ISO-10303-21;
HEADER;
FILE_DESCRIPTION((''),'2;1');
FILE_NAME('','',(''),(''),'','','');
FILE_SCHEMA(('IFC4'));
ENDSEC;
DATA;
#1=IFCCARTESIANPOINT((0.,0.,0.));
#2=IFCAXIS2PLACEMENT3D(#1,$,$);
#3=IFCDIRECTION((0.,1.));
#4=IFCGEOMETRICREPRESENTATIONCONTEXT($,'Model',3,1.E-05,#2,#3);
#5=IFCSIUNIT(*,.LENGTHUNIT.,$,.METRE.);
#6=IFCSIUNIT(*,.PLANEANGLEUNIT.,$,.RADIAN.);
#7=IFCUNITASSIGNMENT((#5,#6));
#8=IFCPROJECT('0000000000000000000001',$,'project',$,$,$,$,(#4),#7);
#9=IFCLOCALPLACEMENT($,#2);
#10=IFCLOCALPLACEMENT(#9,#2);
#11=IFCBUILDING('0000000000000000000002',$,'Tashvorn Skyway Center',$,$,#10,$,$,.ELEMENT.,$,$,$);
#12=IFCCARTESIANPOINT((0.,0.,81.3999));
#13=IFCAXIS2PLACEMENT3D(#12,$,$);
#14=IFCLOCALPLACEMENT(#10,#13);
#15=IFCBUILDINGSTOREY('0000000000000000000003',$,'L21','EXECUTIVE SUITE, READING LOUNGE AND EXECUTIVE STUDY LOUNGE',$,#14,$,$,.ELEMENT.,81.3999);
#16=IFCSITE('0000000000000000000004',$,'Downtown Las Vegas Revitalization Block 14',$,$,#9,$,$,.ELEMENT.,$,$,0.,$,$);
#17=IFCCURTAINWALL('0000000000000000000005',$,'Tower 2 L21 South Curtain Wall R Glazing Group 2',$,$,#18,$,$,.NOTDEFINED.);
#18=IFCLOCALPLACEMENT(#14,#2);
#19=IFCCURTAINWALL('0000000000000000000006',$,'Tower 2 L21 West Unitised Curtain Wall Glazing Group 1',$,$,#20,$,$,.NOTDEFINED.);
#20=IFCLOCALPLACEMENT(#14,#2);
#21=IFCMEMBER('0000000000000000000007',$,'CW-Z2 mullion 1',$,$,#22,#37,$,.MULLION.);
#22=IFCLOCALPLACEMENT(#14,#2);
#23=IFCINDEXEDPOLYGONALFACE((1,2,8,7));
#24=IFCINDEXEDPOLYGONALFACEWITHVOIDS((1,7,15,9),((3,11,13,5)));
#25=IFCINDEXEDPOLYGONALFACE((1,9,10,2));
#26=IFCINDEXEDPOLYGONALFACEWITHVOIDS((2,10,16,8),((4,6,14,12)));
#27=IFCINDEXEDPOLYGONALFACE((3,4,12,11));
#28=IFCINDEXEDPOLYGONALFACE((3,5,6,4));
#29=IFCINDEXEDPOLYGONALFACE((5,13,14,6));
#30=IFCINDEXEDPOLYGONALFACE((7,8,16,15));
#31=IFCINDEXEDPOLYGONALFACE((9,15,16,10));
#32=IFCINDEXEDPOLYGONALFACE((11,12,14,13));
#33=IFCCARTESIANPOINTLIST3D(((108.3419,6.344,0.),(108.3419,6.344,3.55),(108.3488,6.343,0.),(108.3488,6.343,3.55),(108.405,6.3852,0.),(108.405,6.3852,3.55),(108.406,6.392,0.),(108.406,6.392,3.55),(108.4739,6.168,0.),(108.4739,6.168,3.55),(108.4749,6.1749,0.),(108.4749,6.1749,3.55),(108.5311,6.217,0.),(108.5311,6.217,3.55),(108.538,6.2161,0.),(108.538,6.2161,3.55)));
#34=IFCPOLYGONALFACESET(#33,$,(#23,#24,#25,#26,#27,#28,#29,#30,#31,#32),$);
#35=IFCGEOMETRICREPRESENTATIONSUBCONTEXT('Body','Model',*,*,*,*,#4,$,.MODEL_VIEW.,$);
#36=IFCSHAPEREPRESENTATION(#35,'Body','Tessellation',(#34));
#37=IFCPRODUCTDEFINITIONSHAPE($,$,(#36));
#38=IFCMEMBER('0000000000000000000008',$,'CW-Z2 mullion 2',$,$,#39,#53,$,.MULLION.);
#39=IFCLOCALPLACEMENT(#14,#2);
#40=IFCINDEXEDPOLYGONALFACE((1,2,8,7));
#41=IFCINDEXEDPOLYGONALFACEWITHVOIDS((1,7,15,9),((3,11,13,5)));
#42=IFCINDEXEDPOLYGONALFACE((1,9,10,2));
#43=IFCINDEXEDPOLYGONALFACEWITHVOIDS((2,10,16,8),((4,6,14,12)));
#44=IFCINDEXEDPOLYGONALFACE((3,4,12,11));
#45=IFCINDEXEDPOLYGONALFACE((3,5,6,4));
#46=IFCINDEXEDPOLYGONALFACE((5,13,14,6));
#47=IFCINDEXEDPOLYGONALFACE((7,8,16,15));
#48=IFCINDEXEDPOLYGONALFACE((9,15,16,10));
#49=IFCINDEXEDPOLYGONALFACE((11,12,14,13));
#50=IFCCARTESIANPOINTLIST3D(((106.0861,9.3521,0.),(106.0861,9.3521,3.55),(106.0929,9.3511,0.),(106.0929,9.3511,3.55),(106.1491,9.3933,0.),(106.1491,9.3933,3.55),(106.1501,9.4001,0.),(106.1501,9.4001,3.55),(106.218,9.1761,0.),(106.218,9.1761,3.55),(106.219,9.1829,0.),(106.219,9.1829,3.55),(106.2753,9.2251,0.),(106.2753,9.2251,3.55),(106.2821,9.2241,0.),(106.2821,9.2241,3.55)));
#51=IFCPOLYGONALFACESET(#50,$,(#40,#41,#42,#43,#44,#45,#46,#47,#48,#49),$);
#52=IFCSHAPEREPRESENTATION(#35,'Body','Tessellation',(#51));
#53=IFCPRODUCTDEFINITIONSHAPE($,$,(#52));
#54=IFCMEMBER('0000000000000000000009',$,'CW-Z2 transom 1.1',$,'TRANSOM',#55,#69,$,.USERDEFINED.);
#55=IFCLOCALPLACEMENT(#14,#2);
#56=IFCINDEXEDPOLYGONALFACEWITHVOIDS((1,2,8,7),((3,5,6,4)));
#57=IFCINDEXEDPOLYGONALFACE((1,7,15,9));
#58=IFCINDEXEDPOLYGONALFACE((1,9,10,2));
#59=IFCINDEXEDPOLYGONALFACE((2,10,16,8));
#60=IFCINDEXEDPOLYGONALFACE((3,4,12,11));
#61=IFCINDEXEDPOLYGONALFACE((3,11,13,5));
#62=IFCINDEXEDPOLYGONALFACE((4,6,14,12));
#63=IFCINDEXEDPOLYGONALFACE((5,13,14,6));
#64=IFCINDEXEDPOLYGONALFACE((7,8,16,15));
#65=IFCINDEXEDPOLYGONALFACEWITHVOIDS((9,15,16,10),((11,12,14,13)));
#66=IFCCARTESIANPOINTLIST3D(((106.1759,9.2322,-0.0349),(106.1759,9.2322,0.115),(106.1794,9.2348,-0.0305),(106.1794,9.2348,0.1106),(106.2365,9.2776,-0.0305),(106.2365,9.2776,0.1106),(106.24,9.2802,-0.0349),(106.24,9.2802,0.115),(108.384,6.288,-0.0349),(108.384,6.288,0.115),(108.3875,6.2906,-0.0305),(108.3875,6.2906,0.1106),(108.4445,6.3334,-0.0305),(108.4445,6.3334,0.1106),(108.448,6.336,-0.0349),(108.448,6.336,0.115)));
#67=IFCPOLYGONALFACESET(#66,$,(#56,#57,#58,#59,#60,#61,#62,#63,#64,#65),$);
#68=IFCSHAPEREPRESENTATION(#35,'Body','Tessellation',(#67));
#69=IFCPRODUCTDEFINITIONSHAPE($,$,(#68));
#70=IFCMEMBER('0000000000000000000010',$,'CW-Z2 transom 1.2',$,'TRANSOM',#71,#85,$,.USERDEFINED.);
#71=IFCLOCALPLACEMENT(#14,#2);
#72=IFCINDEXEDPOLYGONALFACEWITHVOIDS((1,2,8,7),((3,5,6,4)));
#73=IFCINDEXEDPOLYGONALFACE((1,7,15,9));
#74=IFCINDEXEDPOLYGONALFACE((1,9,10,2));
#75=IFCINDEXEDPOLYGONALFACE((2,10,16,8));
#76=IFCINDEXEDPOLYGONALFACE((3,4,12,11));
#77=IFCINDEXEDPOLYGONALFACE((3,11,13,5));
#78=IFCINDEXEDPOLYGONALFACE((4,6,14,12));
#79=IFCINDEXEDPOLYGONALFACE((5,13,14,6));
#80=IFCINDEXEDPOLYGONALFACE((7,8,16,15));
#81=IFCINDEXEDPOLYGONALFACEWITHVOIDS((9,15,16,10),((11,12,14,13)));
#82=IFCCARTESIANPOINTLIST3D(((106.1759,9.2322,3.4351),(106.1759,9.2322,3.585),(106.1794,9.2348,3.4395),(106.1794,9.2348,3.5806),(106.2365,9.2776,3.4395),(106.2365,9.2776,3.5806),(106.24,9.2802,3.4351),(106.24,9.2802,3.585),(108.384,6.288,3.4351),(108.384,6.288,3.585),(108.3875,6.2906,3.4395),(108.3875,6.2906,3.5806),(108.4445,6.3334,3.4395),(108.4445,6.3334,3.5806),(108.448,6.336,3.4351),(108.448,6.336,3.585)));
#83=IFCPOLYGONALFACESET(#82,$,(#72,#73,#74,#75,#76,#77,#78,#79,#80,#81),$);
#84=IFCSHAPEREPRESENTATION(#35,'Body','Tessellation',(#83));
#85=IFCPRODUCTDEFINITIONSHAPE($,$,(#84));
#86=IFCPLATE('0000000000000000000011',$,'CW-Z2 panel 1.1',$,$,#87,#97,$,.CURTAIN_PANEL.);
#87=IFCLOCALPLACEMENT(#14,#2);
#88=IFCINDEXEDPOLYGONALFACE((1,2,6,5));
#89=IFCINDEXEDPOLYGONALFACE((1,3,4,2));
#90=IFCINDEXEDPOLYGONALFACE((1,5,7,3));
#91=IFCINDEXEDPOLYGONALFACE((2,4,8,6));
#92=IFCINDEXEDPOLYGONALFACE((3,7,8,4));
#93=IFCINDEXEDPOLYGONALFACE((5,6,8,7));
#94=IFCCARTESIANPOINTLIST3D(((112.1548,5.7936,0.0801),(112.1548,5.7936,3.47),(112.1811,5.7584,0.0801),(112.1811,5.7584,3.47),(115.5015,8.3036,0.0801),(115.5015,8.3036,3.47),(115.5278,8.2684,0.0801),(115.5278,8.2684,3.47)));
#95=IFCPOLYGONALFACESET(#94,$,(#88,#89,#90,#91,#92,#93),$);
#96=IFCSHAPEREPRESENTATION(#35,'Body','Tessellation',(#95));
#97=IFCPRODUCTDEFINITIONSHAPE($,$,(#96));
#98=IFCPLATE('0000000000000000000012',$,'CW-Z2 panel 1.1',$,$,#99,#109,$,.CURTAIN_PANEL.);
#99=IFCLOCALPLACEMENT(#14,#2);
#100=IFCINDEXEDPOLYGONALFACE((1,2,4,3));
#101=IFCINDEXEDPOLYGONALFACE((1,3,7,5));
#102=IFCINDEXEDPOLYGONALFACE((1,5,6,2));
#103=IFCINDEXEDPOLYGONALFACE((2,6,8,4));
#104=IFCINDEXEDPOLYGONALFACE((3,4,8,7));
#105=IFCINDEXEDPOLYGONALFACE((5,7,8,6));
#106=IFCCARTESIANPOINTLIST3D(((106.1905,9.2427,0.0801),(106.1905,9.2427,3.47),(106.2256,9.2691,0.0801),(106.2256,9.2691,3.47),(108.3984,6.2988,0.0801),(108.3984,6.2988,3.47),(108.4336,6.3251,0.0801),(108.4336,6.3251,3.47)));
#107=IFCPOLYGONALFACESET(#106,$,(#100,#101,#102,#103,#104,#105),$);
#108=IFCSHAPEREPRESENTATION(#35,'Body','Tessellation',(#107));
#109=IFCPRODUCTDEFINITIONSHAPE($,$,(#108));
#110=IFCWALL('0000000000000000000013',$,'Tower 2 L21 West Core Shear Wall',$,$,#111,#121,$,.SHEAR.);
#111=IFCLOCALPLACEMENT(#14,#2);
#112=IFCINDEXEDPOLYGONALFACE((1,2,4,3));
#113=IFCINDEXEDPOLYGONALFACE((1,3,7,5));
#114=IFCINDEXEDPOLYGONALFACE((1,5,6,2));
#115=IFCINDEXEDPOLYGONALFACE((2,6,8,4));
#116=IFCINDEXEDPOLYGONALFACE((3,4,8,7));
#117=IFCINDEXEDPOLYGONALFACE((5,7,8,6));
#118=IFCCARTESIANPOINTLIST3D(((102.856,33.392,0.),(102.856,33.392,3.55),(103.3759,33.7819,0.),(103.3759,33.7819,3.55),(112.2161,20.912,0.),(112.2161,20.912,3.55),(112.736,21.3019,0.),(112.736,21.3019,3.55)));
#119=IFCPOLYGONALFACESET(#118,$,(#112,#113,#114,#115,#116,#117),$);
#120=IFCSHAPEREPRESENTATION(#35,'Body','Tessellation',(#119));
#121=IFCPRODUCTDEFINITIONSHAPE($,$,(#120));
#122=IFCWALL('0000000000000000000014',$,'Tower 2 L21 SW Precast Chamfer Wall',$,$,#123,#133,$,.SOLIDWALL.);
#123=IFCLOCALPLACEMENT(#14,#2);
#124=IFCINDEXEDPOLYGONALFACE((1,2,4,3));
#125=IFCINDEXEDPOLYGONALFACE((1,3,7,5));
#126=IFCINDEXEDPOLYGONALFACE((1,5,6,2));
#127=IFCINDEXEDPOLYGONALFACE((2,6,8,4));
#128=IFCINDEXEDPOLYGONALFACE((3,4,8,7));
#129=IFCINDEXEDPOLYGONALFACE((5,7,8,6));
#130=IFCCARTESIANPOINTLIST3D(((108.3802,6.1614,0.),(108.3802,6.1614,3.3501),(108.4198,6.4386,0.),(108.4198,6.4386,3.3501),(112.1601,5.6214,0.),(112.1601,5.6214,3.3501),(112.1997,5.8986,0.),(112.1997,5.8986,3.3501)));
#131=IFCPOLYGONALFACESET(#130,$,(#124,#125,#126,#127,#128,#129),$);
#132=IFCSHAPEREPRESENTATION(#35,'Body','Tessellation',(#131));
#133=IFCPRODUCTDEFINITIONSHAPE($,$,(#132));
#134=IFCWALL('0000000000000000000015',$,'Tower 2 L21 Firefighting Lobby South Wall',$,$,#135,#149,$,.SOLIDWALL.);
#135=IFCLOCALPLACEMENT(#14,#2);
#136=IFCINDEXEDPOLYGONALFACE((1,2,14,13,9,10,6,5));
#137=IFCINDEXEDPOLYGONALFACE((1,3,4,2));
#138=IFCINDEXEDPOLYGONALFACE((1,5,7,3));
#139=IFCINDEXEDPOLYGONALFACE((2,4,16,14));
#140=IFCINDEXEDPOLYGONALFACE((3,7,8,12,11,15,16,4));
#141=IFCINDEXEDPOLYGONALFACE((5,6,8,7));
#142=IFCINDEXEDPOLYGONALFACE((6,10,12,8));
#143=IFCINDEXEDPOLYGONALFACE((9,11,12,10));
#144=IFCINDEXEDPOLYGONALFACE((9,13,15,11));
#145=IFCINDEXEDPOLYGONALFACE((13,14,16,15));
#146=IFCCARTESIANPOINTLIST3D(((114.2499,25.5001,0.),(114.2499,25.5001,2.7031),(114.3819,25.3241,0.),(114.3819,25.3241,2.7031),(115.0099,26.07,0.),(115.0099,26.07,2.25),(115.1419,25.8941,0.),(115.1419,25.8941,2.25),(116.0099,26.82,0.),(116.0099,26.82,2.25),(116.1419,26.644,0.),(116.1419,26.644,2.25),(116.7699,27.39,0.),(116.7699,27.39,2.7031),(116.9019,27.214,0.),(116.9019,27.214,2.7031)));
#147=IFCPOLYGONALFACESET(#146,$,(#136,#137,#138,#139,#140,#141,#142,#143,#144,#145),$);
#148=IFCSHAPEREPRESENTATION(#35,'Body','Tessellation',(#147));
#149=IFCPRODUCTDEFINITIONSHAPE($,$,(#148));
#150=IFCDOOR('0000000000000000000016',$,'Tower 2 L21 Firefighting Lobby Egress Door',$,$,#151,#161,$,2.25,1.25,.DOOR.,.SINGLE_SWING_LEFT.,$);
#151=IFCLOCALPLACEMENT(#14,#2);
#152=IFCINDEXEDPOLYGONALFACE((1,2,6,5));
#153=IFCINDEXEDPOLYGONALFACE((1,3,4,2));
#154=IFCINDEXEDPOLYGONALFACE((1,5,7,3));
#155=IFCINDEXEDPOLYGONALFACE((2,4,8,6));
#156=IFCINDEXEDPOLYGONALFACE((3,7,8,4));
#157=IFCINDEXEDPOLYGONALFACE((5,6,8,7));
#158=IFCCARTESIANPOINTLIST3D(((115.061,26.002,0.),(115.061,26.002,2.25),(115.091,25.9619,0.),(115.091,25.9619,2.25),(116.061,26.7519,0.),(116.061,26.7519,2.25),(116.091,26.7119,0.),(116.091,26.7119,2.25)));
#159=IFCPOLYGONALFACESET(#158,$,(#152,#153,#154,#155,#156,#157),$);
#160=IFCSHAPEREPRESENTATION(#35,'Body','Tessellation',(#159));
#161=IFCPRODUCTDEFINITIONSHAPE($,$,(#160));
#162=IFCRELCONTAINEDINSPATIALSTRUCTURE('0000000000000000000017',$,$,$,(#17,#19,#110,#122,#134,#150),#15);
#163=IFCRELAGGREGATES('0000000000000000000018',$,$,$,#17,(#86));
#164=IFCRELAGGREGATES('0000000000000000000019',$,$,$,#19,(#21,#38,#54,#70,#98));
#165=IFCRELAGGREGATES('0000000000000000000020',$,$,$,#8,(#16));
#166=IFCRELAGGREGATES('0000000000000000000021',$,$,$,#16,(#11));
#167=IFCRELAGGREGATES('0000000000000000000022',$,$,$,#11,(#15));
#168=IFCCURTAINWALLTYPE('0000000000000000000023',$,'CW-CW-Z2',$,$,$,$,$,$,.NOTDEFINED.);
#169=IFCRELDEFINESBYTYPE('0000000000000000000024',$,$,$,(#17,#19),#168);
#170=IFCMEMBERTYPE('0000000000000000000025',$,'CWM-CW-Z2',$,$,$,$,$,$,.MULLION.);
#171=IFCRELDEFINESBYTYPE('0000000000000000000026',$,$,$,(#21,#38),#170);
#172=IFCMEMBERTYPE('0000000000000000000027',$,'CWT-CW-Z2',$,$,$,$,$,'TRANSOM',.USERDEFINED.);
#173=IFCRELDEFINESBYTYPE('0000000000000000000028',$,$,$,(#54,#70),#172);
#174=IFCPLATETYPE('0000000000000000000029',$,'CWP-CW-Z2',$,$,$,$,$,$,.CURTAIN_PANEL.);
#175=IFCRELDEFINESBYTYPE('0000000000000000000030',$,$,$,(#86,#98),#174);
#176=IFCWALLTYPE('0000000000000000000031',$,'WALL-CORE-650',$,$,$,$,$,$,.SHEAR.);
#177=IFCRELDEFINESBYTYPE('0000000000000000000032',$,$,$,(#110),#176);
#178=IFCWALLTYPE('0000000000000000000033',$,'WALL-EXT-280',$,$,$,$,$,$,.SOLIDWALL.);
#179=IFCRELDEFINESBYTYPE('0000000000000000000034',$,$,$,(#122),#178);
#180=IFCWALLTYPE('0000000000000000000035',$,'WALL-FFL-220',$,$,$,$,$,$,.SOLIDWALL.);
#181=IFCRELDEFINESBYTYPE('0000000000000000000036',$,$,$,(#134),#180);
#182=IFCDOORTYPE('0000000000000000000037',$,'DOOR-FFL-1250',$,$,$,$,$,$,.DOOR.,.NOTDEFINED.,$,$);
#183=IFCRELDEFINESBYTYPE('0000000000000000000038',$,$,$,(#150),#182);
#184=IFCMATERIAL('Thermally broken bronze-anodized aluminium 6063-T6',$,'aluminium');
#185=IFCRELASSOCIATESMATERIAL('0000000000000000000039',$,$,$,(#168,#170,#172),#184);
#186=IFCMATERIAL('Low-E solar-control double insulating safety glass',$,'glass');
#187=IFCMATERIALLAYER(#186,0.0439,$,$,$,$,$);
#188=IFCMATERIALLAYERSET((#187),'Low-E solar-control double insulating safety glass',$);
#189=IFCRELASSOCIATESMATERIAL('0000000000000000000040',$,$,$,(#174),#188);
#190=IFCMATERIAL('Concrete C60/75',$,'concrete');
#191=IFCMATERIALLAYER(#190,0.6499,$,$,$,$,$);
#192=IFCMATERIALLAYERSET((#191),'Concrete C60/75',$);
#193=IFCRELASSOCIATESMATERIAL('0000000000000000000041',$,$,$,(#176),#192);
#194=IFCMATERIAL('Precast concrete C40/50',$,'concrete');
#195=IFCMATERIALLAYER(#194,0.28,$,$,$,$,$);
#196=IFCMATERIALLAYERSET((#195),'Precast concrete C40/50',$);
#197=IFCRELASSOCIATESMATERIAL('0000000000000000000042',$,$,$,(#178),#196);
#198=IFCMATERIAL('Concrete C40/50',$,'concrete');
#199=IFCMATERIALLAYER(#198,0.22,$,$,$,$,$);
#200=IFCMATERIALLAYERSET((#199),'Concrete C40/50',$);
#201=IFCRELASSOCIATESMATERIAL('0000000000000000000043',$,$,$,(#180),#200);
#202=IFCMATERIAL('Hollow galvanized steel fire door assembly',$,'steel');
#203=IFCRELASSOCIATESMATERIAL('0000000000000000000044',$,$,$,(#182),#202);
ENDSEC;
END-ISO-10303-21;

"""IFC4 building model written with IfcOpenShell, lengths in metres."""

from ifc_helpers import new_model, si_unit, direction, frame, frame_2d, origin, origin_2d, place, context, subcontext, project, spatial, rectangle, hollow_rectangle, extrude, material, layer, layer_set, material_profile, profile_set, type_object, element, fill, aggregate, save


model = new_model("IFC4")

# Units and contexts
model_context = context("Model", 3, precision=1e-05, world=origin(), true_north=direction((0.0, 1.0)))
body_context = subcontext(model_context, "Body", "Model", "MODEL_VIEW")
ifc_project = project(units=[si_unit("LENGTHUNIT", "METRE"), si_unit("PLANEANGLEUNIT", "RADIAN")], contexts=[model_context])

# Site, building, storey
site_placement = place(None, origin())
site = spatial("IfcSite", under=ifc_project, at=site_placement, Name="Downtown Las Vegas Revitalization Block 14", CompositionType="ELEMENT", RefElevation=0.0)
building_placement = place(site_placement, origin())
building = spatial("IfcBuilding", under=site, at=building_placement, Name="Tashvorn Skyway Center", CompositionType="ELEMENT")
storey_placement = place(building_placement, frame((0.0, 0.0, 81.3999)))
storey = spatial("IfcBuildingStorey", under=building, at=storey_placement, Name="L21", Description="EXECUTIVE SUITE, READING LOUNGE AND EXECUTIVE STUDY LOUNGE", CompositionType="ELEMENT", Elevation=81.3999)

# Shared definitions
ifc_material_1 = material(Name="Concrete C60/75", Category="concrete")

# Curtain wall
ifc_material_2 = material(Name="Thermally broken bronze-anodized aluminium 6063-T6", Category="aluminium")
curtain_wall_type = type_object("IfcCurtainWallType", Name="CW-CW-Z2", PredefinedType="NOTDEFINED", material=ifc_material_2)
curtain_wall_1_placement = place(storey_placement, origin())
curtain_wall_1 = element("IfcCurtainWall", 1, at=curtain_wall_1_placement, inside=storey, type_object=curtain_wall_type, Name="Tower 2 L21 South Curtain Wall R Glazing Group 2", PredefinedType="NOTDEFINED")
ifc_material_profile_1 = material_profile(ifc_material_2, hollow_rectangle(XDim=0.0801, YDim=0.22, WallThickness=0.0049, at=origin_2d()), Name="ALU-MULL-80x220")
ifc_profile_set_1 = profile_set([ifc_material_profile_1], Name="Thermally broken bronze-anodized aluminium 6063-T6")
member_type_1 = type_object("IfcMemberType", Name="CWM-CW-Z2", PredefinedType="MULLION", material=ifc_profile_set_1)

# Curtain wall, members
curtain_wall_2_placement = place(storey_placement, origin())
curtain_wall_2 = element("IfcCurtainWall", 2, at=curtain_wall_2_placement, inside=storey, type_object=curtain_wall_type, Name="Tower 2 L21 West Unitised Curtain Wall Glazing Group 1", PredefinedType="NOTDEFINED")
member_1_placement = place(storey_placement, frame((108.4399, 6.28, 0.0), z_axis=(0.0, 0.0, 1.0), x_axis=(-0.8, -0.6, 0.0)))
member_1 = element("IfcMember", 3, at=member_1_placement, type_object=member_type_1, Name="CW-Z2 mullion 1", PredefinedType="MULLION", context=body_context, shape_type="SweptSolid", body=[
    extrude(hollow_rectangle(XDim=0.0801, YDim=0.22, WallThickness=0.0049, at=origin_2d()), origin(), (0.0, 0.0, 1.0), 3.55),
])
member_2_placement = place(storey_placement, frame((106.1841, 9.2881, 0.0), z_axis=(0.0, 0.0, 1.0), x_axis=(-0.8, -0.6, 0.0)))
member_2 = element("IfcMember", 4, at=member_2_placement, type_object=member_type_1, Name="CW-Z2 mullion 2", PredefinedType="MULLION", context=body_context, shape_type="SweptSolid", body=[
    extrude(hollow_rectangle(XDim=0.0801, YDim=0.22, WallThickness=0.0049, at=origin_2d()), origin(), (0.0, 0.0, 1.0), 3.55),
])
ifc_material_profile_2 = material_profile(ifc_material_2, hollow_rectangle(XDim=0.0801, YDim=0.1499, WallThickness=0.0044, at=origin_2d()), Name="ALU-TRAN-80x150")
ifc_profile_set_2 = profile_set([ifc_material_profile_2], Name="Thermally broken bronze-anodized aluminium 6063-T6")
member_type_2 = type_object("IfcMemberType", Name="CWT-CW-Z2", ElementType="TRANSOM", PredefinedType="USERDEFINED", material=ifc_profile_set_2)
member_3_placement = place(storey_placement, frame((108.416, 6.312, 0.04), z_axis=(-0.599989, 0.800008, 0.0), x_axis=(-0.800008, -0.599989, 0.0)))
member_3 = element("IfcMember", 5, at=member_3_placement, type_object=member_type_2, Name="CW-Z2 transom 1.1", ObjectType="TRANSOM", PredefinedType="USERDEFINED", context=body_context, shape_type="SweptSolid", body=[
    extrude(hollow_rectangle(XDim=0.0801, YDim=0.1499, WallThickness=0.0044, at=origin_2d()), origin(), (0.0, 0.0, 1.0), 3.6802),
])
member_4_placement = place(storey_placement, frame((108.416, 6.312, 3.51), z_axis=(-0.599989, 0.800008, 0.0), x_axis=(-0.800008, -0.599989, 0.0)))
member_4 = element("IfcMember", 6, at=member_4_placement, type_object=member_type_2, Name="CW-Z2 transom 1.2", ObjectType="TRANSOM", PredefinedType="USERDEFINED", context=body_context, shape_type="SweptSolid", body=[
    extrude(hollow_rectangle(XDim=0.0801, YDim=0.1499, WallThickness=0.0044, at=origin_2d()), origin(), (0.0, 0.0, 1.0), 3.6802),
])

# Plates
ifc_material_3 = material(Name="Low-E solar-control double insulating safety glass", Category="glass")
ifc_layer_1 = layer(ifc_material_3, 0.0439)
ifc_layer_set_1 = layer_set([ifc_layer_1], Name="Low-E solar-control double insulating safety glass")
plate_type = type_object("IfcPlateType", Name="CWP-CW-Z2", PredefinedType="CURTAIN_PANEL", material=ifc_layer_set_1)
plate_1_placement = place(storey_placement, frame((113.8413, 7.031, 0.0801), z_axis=(0.0, 0.0, 1.0), x_axis=(-0.800003, -0.599996, 0.0)))
plate_1 = element("IfcPlate", 7, at=plate_1_placement, type_object=plate_type, Name="CW-Z2 panel 1.1", PredefinedType="CURTAIN_PANEL", context=body_context, shape_type="SweptSolid", body=[
    extrude(rectangle(XDim=4.1833, YDim=0.0439, at=origin_2d()), origin(), (0.0, 0.0, 1.0), 3.3899),
])
aggregate(curtain_wall_1, [plate_1])
plate_2_placement = place(storey_placement, frame((107.312, 7.7839, 0.0801), z_axis=(0.0, 0.0, 1.0), x_axis=(-0.6, 0.8, 0.0)))
plate_2 = element("IfcPlate", 8, at=plate_2_placement, type_object=plate_type, Name="CW-Z2 panel 1.1", PredefinedType="CURTAIN_PANEL", context=body_context, shape_type="SweptSolid", body=[
    extrude(rectangle(XDim=3.6799, YDim=0.0439, at=origin_2d()), origin(), (0.0, 0.0, 1.0), 3.3899),
])
aggregate(curtain_wall_2, [member_1, member_2, member_3, member_4, plate_2])

# Walls
ifc_layer_2 = layer(ifc_material_1, 0.6499)
ifc_layer_set_2 = layer_set([ifc_layer_2], Name="Concrete C60/75")
wall_type_1 = type_object("IfcWallType", Name="WALL-CORE-650", PredefinedType="SHEAR", material=ifc_layer_set_2)
wall_1_placement = place(storey_placement, frame((112.4761, 21.1069, 0.0), z_axis=(0.0, 0.0, 1.0), x_axis=(-0.600005, 0.799996, 0.0)))
element("IfcWall", 9, at=wall_1_placement, inside=storey, type_object=wall_type_1, Name="Tower 2 L21 West Core Shear Wall", PredefinedType="SHEAR", context=body_context, shape_type="SweptSolid", body=[
    extrude(rectangle(XDim=15.6001, YDim=0.6499, at=frame_2d((7.8, 0.0))), origin(), (0.0, 0.0, 1.0), 3.55),
])
ifc_material_4 = material(Name="Precast concrete C40/50", Category="concrete")
ifc_layer_3 = layer(ifc_material_4, 0.28)
ifc_layer_set_3 = layer_set([ifc_layer_3], Name="Precast concrete C40/50")
wall_type_2 = type_object("IfcWallType", Name="WALL-EXT-280", PredefinedType="SOLIDWALL", material=ifc_layer_set_3)
wall_2_placement = place(storey_placement, frame((112.1799, 5.76, 0.0), z_axis=(0.0, 0.0, 1.0), x_axis=(-0.989948, 0.14143, 0.0)))
element("IfcWall", 10, at=wall_2_placement, inside=storey, type_object=wall_type_2, Name="Tower 2 L21 SW Precast Chamfer Wall", PredefinedType="SOLIDWALL", context=body_context, shape_type="SweptSolid", body=[
    extrude(rectangle(XDim=3.8184, YDim=0.28, at=frame_2d((1.9092, 0.0))), origin(), (0.0, 0.0, 1.0), 3.3501),
])

# Wall, opening, door
ifc_material_5 = material(Name="Concrete C40/50", Category="concrete")
ifc_layer_4 = layer(ifc_material_5, 0.22)
ifc_layer_set_4 = layer_set([ifc_layer_4], Name="Concrete C40/50")
wall_type_3 = type_object("IfcWallType", Name="WALL-FFL-220", PredefinedType="SOLIDWALL", material=ifc_layer_set_4)
wall_3_placement = place(storey_placement, frame((114.3159, 25.4121, 0.0), z_axis=(0.0, 0.0, 1.0), x_axis=(0.800019, 0.599975, 0.0)))
wall_3 = element("IfcWall", 11, at=wall_3_placement, inside=storey, type_object=wall_type_3, Name="Tower 2 L21 Firefighting Lobby South Wall", PredefinedType="SOLIDWALL", context=body_context, shape_type="SweptSolid", body=[
    extrude(rectangle(XDim=3.1499, YDim=0.22, at=frame_2d((1.575, 0.0))), origin(), (0.0, 0.0, 1.0), 2.7031),
])
opening_1_placement = place(wall_3_placement, frame((0.95, 0.0, 0.0)))
opening_1 = element("IfcOpeningElement", 12, at=opening_1_placement, cuts=wall_3, PredefinedType="OPENING", context=body_context, shape_type="SweptSolid", body=[
    extrude(rectangle(XDim=1.25, YDim=2.25, at=frame_2d((0.625, 1.125))), frame((0.0, 0.1199, 0.0), z_axis=(0.0, -1.0, 0.0), x_axis=(1.0, 0.0, 0.0)), (0.0, 0.0, 1.0), 0.24),
])
ifc_material_6 = material(Name="Hollow galvanized steel fire door assembly", Category="steel")
door_type_1 = type_object("IfcDoorType", Name="DOOR-FFL-1250", OperationType="NOTDEFINED", PredefinedType="DOOR", material=ifc_material_6)
door_1_placement = place(opening_1_placement, origin())
door_1 = element("IfcDoor", 13, at=door_1_placement, inside=storey, type_object=door_type_1, Name="Tower 2 L21 Firefighting Lobby Egress Door", OperationType="SINGLE_SWING_LEFT", OverallHeight=2.25, OverallWidth=1.25, PredefinedType="DOOR", context=body_context, shape_type="SweptSolid", body=[
    extrude(rectangle(XDim=1.25, YDim=2.25, at=frame_2d((0.625, 1.125))), frame((0.0, 0.0249, 0.0), z_axis=(0.0, -1.0, 0.0), x_axis=(1.0, 0.0, 0.0)), (0.0, 0.0, 1.0), 0.05),
])
fill(opening_1, door_1)

save(model, "model.ifc")
